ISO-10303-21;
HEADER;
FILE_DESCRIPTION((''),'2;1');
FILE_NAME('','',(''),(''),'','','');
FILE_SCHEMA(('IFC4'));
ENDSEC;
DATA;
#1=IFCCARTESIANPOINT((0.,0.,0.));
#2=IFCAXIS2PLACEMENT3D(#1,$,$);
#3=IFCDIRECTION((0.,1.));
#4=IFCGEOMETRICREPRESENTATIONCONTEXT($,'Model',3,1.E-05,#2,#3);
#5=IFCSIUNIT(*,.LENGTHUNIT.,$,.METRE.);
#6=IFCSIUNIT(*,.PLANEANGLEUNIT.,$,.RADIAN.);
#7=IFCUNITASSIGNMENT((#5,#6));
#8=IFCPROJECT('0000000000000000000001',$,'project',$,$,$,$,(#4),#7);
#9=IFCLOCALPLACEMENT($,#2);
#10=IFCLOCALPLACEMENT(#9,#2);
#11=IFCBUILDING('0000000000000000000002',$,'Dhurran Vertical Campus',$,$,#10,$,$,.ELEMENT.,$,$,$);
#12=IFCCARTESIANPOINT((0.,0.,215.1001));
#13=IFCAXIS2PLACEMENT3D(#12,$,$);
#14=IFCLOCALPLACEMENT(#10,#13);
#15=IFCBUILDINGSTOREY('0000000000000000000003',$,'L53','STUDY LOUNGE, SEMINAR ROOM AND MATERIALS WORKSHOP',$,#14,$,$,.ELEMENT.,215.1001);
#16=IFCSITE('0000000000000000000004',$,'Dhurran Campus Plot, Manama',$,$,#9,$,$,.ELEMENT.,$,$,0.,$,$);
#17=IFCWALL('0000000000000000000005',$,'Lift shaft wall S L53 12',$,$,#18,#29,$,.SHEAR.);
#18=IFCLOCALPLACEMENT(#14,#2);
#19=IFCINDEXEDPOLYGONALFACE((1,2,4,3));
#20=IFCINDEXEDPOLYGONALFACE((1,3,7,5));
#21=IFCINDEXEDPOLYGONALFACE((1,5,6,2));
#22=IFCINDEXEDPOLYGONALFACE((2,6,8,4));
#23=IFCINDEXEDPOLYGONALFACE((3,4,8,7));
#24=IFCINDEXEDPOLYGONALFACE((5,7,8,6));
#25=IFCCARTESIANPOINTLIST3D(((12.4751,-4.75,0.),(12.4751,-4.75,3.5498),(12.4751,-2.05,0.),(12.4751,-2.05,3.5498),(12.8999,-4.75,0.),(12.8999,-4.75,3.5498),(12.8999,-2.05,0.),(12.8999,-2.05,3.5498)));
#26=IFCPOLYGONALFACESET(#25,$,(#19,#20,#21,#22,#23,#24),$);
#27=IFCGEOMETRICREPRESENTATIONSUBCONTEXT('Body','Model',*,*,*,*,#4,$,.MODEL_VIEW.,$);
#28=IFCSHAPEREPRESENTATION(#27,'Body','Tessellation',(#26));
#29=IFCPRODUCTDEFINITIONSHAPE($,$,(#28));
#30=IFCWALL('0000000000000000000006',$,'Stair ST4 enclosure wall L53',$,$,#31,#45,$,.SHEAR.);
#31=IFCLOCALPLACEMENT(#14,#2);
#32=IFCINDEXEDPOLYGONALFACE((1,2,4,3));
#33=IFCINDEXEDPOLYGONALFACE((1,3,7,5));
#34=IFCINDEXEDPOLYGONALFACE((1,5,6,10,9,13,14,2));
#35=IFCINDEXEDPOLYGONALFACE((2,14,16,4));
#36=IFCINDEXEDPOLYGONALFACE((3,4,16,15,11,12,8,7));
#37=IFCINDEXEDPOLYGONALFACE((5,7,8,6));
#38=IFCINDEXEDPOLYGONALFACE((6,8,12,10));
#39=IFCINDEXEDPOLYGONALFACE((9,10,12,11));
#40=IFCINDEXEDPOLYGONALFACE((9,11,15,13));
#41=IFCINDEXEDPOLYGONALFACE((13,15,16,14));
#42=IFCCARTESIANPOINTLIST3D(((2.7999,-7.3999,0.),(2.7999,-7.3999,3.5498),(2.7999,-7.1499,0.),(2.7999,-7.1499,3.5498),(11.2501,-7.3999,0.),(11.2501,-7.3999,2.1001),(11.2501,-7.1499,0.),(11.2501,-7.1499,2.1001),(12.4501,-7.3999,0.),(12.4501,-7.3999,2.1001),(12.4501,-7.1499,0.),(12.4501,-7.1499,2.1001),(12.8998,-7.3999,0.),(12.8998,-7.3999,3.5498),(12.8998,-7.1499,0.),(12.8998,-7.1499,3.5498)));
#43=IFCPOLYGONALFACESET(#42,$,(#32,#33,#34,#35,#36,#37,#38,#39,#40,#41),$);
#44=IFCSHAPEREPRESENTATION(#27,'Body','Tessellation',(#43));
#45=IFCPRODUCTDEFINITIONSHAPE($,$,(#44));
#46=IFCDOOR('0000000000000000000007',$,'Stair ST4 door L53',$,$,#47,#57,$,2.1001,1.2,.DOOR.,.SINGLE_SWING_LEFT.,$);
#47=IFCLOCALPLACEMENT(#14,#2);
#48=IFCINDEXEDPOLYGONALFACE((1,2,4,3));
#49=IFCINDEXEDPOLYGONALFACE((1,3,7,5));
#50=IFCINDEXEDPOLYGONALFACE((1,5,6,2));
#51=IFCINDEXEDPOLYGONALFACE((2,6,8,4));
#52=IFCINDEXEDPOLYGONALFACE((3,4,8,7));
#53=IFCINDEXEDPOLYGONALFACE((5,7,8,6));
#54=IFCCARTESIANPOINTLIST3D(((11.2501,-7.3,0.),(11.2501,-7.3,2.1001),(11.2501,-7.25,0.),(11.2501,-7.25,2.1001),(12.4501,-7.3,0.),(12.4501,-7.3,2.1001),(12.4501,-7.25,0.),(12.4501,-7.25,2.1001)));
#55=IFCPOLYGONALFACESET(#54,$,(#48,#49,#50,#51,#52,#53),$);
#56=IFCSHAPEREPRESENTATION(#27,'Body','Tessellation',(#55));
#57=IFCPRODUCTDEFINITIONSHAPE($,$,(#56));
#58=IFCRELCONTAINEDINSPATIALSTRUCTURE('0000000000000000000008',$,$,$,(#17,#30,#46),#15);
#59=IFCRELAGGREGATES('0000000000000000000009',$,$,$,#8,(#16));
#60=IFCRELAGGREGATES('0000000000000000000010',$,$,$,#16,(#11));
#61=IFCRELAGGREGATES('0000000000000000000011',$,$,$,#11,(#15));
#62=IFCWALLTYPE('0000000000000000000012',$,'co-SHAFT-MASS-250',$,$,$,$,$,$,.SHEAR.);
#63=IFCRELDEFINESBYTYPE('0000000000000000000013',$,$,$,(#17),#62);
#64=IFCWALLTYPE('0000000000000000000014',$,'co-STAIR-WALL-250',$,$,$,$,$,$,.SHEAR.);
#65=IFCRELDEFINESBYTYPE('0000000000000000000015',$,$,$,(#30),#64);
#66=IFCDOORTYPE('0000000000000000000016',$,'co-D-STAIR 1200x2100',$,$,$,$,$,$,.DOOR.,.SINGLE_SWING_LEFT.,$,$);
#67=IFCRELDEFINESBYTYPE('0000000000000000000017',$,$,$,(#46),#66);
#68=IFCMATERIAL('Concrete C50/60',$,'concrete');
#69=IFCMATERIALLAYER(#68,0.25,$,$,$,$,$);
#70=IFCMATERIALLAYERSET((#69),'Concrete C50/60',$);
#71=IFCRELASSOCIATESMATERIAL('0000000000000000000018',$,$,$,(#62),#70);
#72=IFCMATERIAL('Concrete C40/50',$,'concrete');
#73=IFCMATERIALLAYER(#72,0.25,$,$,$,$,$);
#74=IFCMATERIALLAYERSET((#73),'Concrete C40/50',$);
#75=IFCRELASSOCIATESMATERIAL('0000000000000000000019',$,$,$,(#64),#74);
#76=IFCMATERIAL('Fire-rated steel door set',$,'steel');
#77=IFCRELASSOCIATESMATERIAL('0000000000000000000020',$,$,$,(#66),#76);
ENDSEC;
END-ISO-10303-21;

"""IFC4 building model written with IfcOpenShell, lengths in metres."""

from ifc_helpers import new_model, si_unit, direction, frame, frame_2d, origin, place, context, subcontext, project, spatial, polyline, rectangle, outline, extrude, material, layer, layer_set, type_object, element, fill, save


model = new_model("IFC4")

# Units and contexts
model_context = context("Model", 3, precision=1e-05, world=origin(), true_north=direction((0.0, 1.0)))
body_context = subcontext(model_context, "Body", "Model", "MODEL_VIEW")
ifc_project = project(units=[si_unit("LENGTHUNIT", "METRE"), si_unit("PLANEANGLEUNIT", "RADIAN")], contexts=[model_context])

# Site, building, storey
site_placement = place(None, origin())
site = spatial("IfcSite", under=ifc_project, at=site_placement, Name="Dhurran Campus Plot, Manama", CompositionType="ELEMENT", RefElevation=0.0)
building_placement = place(site_placement, origin())
building = spatial("IfcBuilding", under=site, at=building_placement, Name="Dhurran Vertical Campus", CompositionType="ELEMENT")
storey_placement = place(building_placement, frame((0.0, 0.0, 215.1001)))
storey = spatial("IfcBuildingStorey", under=building, at=storey_placement, Name="L53", Description="STUDY LOUNGE, SEMINAR ROOM AND MATERIALS WORKSHOP", CompositionType="ELEMENT", Elevation=215.1001)

# Wall
ifc_material_1 = material(Name="Concrete C50/60", Category="concrete")
ifc_layer_1 = layer(ifc_material_1, 0.25)
ifc_layer_set_1 = layer_set([ifc_layer_1], Name="Concrete C50/60")
wall_type_1 = type_object("IfcWallType", Name="co-SHAFT-MASS-250", PredefinedType="SHEAR", material=ifc_layer_set_1)
wall_1_placement = place(storey_placement, origin())
element("IfcWall", 1, at=wall_1_placement, inside=storey, type_object=wall_type_1, Name="Lift shaft wall S L53 12", PredefinedType="SHEAR", context=body_context, shape_type="SweptSolid", body=[
    extrude(outline(polyline([(12.4751, -4.75), (12.8999, -4.75), (12.8999, -2.05), (12.4751, -2.05), (12.4751, -4.75)])), origin(), (0.0, 0.0, 1.0), 3.5498),
])

# Wall, opening, door
ifc_material_2 = material(Name="Concrete C40/50", Category="concrete")
ifc_layer_2 = layer(ifc_material_2, 0.25)
ifc_layer_set_2 = layer_set([ifc_layer_2], Name="Concrete C40/50")
wall_type_2 = type_object("IfcWallType", Name="co-STAIR-WALL-250", PredefinedType="SHEAR", material=ifc_layer_set_2)
wall_2_placement = place(storey_placement, frame((2.8, -7.2749, 0.0), z_axis=(0.0, 0.0, 1.0), x_axis=(1.0, 0.0, 0.0)))
wall_2 = element("IfcWall", 2, at=wall_2_placement, inside=storey, type_object=wall_type_2, Name="Stair ST4 enclosure wall L53", PredefinedType="SHEAR", context=body_context, shape_type="SweptSolid", body=[
    extrude(rectangle(XDim=10.0999, YDim=0.25, at=frame_2d((5.0498, 0.0))), origin(), (0.0, 0.0, 1.0), 3.5498),
])
opening_1_placement = place(wall_2_placement, frame((8.45, 0.0, 0.0)))
opening_1 = element("IfcOpeningElement", 3, at=opening_1_placement, cuts=wall_2, PredefinedType="OPENING", context=body_context, shape_type="SweptSolid", body=[
    extrude(rectangle(XDim=1.2, YDim=2.1001, at=frame_2d((0.6001, 1.05))), frame((0.0, 0.135, 0.0), z_axis=(0.0, -1.0, 0.0), x_axis=(1.0, 0.0, 0.0)), (0.0, 0.0, 1.0), 0.27),
])
ifc_material_3 = material(Name="Fire-rated steel door set", Category="steel")
door_type_1 = type_object("IfcDoorType", Name="co-D-STAIR 1200x2100", OperationType="SINGLE_SWING_LEFT", PredefinedType="DOOR", material=ifc_material_3)
door_1_placement = place(opening_1_placement, origin())
door_1 = element("IfcDoor", 4, at=door_1_placement, inside=storey, type_object=door_type_1, Name="Stair ST4 door L53", OperationType="SINGLE_SWING_LEFT", OverallHeight=2.1001, OverallWidth=1.2, PredefinedType="DOOR", context=body_context, shape_type="SweptSolid", body=[
    extrude(rectangle(XDim=1.2, YDim=2.1001, at=frame_2d((0.6001, 1.05))), frame((0.0, 0.0249, 0.0), z_axis=(0.0, -1.0, 0.0), x_axis=(1.0, 0.0, 0.0)), (0.0, 0.0, 1.0), 0.05),
])
fill(opening_1, door_1)

save(model, "model.ifc")
